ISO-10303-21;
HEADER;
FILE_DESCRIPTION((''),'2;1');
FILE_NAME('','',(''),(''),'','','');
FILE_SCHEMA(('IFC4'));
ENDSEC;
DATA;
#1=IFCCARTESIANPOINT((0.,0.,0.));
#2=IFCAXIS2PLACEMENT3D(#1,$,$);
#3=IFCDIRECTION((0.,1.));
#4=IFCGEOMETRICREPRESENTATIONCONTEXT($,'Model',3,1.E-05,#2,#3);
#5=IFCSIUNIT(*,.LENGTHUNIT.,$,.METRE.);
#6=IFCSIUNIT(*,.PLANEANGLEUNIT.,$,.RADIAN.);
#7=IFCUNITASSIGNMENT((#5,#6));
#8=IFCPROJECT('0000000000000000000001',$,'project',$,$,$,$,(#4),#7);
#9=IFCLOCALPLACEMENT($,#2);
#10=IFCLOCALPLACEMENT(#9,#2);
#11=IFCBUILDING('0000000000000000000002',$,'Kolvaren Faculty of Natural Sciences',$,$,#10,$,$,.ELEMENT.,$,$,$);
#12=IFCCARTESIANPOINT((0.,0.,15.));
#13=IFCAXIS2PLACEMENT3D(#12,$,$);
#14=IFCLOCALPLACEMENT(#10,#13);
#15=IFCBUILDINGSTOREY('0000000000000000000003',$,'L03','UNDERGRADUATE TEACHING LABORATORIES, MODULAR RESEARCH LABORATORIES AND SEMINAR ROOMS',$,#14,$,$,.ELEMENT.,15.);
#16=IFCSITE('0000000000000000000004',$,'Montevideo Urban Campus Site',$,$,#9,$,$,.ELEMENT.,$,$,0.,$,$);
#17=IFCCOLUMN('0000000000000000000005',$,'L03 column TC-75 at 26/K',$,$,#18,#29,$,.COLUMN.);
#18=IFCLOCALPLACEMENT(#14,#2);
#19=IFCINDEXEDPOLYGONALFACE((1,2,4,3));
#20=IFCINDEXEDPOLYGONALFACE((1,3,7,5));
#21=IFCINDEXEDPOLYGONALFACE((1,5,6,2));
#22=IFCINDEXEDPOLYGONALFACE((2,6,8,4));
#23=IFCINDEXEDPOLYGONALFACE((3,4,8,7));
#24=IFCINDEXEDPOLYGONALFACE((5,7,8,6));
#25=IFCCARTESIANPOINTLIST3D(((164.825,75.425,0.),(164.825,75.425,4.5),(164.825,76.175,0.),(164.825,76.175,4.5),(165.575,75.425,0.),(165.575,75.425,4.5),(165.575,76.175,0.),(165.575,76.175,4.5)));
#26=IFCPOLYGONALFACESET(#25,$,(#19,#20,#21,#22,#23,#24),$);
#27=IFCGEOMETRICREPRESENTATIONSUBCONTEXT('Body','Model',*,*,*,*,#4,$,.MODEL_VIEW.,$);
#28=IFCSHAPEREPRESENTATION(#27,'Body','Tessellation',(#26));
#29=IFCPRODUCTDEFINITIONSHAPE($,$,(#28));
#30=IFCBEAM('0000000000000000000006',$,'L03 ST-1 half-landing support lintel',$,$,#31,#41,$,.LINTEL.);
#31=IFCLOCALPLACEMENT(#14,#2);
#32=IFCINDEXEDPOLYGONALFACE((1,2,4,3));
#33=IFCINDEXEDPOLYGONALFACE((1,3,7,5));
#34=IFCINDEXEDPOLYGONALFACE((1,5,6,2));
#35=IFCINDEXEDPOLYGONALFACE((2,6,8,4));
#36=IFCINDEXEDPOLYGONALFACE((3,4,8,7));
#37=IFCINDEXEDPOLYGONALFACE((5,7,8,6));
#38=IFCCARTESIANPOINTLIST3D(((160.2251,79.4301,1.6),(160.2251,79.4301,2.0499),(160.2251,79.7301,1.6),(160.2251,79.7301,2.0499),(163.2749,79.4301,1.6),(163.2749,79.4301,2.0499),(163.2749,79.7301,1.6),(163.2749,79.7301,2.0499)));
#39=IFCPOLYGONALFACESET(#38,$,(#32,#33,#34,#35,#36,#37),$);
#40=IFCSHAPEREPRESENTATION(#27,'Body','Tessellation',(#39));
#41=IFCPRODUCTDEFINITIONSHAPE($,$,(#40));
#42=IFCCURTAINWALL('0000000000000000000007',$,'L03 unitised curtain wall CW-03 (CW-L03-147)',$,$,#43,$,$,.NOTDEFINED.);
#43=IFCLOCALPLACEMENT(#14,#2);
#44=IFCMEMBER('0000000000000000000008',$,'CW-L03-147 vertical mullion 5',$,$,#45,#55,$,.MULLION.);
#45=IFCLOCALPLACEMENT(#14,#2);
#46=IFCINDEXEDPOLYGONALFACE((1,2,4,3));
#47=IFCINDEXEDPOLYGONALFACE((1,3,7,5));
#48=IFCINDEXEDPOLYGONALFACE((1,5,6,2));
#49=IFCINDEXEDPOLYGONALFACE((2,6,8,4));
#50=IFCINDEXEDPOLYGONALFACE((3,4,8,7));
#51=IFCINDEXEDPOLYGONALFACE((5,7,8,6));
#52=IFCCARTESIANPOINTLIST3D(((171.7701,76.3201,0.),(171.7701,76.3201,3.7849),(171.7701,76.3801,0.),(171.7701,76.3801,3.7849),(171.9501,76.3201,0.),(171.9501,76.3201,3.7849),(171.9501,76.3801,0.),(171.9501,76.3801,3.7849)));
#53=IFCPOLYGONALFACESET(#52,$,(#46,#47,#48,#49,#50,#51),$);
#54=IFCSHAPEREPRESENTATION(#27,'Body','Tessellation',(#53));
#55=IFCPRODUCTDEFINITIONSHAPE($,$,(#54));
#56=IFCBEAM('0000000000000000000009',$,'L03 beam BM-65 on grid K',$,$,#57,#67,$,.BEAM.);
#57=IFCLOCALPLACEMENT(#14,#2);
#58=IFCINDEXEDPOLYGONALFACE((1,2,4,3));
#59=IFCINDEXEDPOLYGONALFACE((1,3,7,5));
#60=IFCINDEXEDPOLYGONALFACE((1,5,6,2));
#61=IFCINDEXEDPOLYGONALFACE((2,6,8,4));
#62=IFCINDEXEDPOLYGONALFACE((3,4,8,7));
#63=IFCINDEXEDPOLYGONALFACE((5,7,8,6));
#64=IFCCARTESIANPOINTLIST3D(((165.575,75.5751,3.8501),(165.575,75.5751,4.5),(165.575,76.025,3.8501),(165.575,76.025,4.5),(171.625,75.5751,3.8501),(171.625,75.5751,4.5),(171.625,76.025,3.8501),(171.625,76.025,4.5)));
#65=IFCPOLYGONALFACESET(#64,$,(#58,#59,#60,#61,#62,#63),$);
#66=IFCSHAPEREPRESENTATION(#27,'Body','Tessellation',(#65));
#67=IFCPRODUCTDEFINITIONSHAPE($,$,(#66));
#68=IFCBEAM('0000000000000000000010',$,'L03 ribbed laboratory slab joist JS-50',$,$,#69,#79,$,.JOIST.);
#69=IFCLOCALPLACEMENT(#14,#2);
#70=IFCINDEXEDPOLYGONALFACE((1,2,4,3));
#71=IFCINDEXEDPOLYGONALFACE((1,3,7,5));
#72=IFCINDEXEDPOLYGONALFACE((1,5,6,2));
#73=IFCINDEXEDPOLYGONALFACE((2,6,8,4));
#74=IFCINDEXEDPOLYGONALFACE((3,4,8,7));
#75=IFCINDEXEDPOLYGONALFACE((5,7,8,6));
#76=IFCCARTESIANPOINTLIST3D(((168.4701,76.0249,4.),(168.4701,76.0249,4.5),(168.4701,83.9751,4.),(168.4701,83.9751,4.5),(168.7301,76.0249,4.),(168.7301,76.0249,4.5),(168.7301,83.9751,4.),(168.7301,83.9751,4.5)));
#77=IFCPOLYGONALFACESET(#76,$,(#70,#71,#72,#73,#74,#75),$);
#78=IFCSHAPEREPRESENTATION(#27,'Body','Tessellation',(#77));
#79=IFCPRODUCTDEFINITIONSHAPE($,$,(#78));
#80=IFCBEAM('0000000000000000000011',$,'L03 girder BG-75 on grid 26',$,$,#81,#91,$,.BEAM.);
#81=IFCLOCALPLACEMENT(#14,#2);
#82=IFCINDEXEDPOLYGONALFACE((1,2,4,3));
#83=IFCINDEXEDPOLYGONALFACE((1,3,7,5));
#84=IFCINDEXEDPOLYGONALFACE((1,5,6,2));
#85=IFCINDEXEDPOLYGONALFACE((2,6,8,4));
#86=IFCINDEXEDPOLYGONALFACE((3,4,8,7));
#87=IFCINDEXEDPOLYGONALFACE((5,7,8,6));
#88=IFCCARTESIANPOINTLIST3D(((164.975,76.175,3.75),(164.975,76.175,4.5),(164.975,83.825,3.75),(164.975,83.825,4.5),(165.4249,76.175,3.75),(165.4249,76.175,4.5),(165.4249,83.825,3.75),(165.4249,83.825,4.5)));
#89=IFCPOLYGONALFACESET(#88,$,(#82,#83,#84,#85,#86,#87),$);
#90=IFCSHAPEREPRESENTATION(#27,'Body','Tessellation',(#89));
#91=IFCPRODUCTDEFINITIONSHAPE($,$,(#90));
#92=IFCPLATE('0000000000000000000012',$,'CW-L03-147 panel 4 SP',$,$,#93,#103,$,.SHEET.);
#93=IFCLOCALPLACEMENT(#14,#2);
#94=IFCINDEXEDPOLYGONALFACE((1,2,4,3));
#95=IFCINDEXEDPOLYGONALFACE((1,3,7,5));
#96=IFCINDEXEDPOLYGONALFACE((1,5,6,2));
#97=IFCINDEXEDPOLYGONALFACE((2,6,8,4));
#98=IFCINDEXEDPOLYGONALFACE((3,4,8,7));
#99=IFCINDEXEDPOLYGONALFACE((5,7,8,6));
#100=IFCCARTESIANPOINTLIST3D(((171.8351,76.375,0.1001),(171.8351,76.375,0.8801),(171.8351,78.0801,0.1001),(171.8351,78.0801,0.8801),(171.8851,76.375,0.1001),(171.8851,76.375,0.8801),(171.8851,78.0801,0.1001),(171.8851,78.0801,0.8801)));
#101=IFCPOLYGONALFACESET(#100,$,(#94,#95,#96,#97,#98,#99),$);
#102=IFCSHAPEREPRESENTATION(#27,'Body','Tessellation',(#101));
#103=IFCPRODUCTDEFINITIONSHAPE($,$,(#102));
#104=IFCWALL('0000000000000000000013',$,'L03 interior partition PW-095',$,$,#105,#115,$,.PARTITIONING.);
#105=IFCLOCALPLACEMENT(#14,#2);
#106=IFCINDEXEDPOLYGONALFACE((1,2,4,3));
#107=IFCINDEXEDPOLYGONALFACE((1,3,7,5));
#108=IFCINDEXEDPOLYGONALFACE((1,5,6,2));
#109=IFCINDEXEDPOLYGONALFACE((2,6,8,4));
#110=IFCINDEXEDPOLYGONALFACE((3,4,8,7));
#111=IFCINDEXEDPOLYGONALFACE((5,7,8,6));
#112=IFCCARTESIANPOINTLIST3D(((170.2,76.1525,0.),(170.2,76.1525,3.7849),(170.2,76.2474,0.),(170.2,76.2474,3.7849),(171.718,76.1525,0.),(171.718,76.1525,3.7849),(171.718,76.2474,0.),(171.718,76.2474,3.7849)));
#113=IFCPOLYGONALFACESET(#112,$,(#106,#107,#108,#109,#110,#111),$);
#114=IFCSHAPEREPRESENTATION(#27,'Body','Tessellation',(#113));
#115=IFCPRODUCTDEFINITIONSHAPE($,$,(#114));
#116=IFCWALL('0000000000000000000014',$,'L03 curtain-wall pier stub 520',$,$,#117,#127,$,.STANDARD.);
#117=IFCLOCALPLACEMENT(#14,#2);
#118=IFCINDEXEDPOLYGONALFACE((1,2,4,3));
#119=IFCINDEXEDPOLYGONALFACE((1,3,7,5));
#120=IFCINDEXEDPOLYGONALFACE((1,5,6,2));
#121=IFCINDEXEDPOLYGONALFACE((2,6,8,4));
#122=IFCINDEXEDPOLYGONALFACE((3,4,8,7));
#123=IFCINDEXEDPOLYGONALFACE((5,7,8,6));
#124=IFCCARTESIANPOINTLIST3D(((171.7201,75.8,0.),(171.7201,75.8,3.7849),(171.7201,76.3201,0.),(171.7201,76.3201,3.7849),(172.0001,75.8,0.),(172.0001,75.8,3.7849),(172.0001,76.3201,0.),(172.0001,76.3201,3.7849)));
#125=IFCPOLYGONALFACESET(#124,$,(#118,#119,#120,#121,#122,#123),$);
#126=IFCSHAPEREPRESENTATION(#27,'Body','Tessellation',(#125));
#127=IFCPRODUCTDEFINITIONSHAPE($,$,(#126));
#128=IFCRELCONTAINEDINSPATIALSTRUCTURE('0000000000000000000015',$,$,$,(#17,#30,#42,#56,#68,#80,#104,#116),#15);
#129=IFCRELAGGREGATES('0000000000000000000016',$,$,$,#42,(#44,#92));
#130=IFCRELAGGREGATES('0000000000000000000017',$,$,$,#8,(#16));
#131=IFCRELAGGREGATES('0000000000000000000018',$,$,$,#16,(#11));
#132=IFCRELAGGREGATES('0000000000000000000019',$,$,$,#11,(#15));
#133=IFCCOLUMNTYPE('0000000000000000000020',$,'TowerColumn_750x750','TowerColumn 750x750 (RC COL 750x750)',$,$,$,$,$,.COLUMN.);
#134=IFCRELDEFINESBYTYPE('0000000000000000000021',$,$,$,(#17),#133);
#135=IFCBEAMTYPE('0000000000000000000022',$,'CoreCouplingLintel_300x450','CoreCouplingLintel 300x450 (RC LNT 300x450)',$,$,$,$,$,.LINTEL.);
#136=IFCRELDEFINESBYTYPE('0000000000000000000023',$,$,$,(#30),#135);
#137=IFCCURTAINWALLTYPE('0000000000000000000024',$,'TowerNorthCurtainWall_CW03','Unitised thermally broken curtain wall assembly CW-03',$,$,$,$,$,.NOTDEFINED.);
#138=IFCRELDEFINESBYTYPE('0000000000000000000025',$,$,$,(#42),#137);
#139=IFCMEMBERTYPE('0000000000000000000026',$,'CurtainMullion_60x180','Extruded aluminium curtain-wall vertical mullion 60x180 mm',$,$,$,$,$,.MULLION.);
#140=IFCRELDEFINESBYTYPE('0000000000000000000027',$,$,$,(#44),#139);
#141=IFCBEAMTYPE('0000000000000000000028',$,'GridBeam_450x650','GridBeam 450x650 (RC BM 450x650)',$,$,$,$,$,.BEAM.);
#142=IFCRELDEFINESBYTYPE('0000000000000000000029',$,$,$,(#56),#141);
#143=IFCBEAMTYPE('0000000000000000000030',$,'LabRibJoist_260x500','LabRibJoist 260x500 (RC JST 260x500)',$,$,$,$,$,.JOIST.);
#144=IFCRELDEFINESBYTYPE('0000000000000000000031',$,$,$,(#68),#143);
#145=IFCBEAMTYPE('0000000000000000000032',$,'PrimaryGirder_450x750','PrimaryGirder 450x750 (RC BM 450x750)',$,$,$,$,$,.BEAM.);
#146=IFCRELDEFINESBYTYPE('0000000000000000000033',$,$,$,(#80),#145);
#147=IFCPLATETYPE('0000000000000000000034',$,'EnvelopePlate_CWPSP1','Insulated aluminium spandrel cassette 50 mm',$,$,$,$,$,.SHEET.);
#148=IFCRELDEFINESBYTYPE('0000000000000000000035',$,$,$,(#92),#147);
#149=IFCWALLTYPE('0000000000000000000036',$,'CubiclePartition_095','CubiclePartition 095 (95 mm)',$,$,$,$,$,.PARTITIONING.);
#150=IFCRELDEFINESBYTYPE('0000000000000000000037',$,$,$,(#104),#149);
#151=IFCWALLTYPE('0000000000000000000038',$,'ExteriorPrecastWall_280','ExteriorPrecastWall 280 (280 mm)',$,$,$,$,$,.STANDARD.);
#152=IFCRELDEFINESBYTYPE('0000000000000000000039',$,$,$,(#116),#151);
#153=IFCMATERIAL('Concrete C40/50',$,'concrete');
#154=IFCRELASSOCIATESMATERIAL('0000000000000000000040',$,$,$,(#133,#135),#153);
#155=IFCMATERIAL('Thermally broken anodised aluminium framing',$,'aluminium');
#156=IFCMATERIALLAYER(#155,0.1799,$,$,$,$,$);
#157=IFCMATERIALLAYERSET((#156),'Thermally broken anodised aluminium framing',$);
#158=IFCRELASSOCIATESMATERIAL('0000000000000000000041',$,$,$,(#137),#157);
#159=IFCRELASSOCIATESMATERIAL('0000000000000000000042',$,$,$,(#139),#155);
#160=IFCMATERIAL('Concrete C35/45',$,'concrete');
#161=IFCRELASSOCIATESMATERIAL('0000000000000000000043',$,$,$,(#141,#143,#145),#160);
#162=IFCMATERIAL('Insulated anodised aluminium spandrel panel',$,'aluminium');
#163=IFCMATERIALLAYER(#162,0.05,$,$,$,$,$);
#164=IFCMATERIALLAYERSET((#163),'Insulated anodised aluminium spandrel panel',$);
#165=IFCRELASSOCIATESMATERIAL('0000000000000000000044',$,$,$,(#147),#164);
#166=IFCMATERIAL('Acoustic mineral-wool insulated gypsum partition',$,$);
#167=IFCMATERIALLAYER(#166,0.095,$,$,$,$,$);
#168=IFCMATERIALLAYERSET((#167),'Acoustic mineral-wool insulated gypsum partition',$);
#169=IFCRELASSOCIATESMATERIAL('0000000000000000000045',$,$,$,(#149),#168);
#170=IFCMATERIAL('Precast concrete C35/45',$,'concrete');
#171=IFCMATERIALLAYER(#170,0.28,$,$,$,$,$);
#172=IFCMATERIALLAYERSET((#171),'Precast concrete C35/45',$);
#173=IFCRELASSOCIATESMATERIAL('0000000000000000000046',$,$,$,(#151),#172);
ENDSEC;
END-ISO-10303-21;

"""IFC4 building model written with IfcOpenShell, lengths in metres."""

from ifc_helpers import new_model, si_unit, direction, frame, frame_2d, origin, origin_2d, place, context, subcontext, project, spatial, rectangle, extrude, material, layer, layer_set, material_profile, profile_set, type_object, element, aggregate, save


model = new_model("IFC4")

# Units and contexts
model_context = context("Model", 3, precision=1e-05, world=origin(), true_north=direction((0.0, 1.0)))
body_context = subcontext(model_context, "Body", "Model", "MODEL_VIEW")
ifc_project = project(units=[si_unit("LENGTHUNIT", "METRE"), si_unit("PLANEANGLEUNIT", "RADIAN")], contexts=[model_context])

# Site, building, storey
site_placement = place(None, origin())
site = spatial("IfcSite", under=ifc_project, at=site_placement, Name="Montevideo Urban Campus Site", CompositionType="ELEMENT", RefElevation=0.0)
building_placement = place(site_placement, origin())
building = spatial("IfcBuilding", under=site, at=building_placement, Name="Kolvaren Faculty of Natural Sciences", CompositionType="ELEMENT")
storey_placement = place(building_placement, frame((0.0, 0.0, 15.0)))
storey = spatial("IfcBuildingStorey", under=building, at=storey_placement, Name="L03", Description="UNDERGRADUATE TEACHING LABORATORIES, MODULAR RESEARCH LABORATORIES AND SEMINAR ROOMS", CompositionType="ELEMENT", Elevation=15.0)

# Column
ifc_material_1 = material(Name="Concrete C40/50", Category="concrete")
ifc_material_profile_1 = material_profile(ifc_material_1, rectangle(XDim=0.75, YDim=0.75, at=origin_2d()), Name="RC COL 750x750")
ifc_profile_set_1 = profile_set([ifc_material_profile_1], Name="Concrete C40/50")
column_type = type_object("IfcColumnType", Name="TowerColumn_750x750", Description="TowerColumn 750x750 (RC COL 750x750)", PredefinedType="COLUMN", material=ifc_profile_set_1)
column_placement = place(storey_placement, frame((165.2, 75.8, 0.0), z_axis=(0.0, 0.0, 1.0), x_axis=(1.0, 0.0, 0.0)))
element("IfcColumn", 1, at=column_placement, inside=storey, type_object=column_type, Name="L03 column TC-75 at 26/K", PredefinedType="COLUMN", context=body_context, shape_type="SweptSolid", body=[
    extrude(rectangle(XDim=0.75, YDim=0.75, at=origin_2d()), origin(), (0.0, 0.0, 1.0), 4.5),
])

# Beam
ifc_material_profile_2 = material_profile(ifc_material_1, rectangle(XDim=0.3, YDim=0.45, at=origin_2d()), Name="RC LNT 300x450")
ifc_profile_set_2 = profile_set([ifc_material_profile_2], Name="Concrete C40/50")
beam_type_1 = type_object("IfcBeamType", Name="CoreCouplingLintel_300x450", Description="CoreCouplingLintel 300x450 (RC LNT 300x450)", PredefinedType="LINTEL", material=ifc_profile_set_2)
beam_1_placement = place(storey_placement, frame((160.2251, 79.5801, 1.825), z_axis=(1.0, 0.0, 0.0), x_axis=(0.0, 1.0, 0.0)))
element("IfcBeam", 2, at=beam_1_placement, inside=storey, type_object=beam_type_1, Name="L03 ST-1 half-landing support lintel", PredefinedType="LINTEL", context=body_context, shape_type="SweptSolid", body=[
    extrude(rectangle(XDim=0.3, YDim=0.45, at=origin_2d()), origin(), (0.0, 0.0, 1.0), 3.0498),
])

# Curtain wall, member
ifc_material_2 = material(Name="Thermally broken anodised aluminium framing", Category="aluminium")
ifc_layer_1 = layer(ifc_material_2, 0.1799)
ifc_layer_set_1 = layer_set([ifc_layer_1], Name="Thermally broken anodised aluminium framing")
curtain_wall_type = type_object("IfcCurtainWallType", Name="TowerNorthCurtainWall_CW03", Description="Unitised thermally broken curtain wall assembly CW-03", PredefinedType="NOTDEFINED", material=ifc_layer_set_1)
curtain_wall_placement = place(storey_placement, origin())
curtain_wall = element("IfcCurtainWall", 3, at=curtain_wall_placement, inside=storey, type_object=curtain_wall_type, Name="L03 unitised curtain wall CW-03 (CW-L03-147)", PredefinedType="NOTDEFINED")
ifc_material_profile_3 = material_profile(ifc_material_2, rectangle(XDim=0.0601, YDim=0.1799, at=origin_2d()), Name="ALU MUL 60x180")
ifc_profile_set_3 = profile_set([ifc_material_profile_3], Name="Thermally broken anodised aluminium framing")
member_type = type_object("IfcMemberType", Name="CurtainMullion_60x180", Description="Extruded aluminium curtain-wall vertical mullion 60x180 mm", PredefinedType="MULLION", material=ifc_profile_set_3)
member_placement = place(storey_placement, frame((171.8601, 76.3501, 0.0), z_axis=(0.0, 0.0, 1.0), x_axis=(0.0, -1.0, 0.0)))
member = element("IfcMember", 4, at=member_placement, type_object=member_type, Name="CW-L03-147 vertical mullion 5", PredefinedType="MULLION", context=body_context, shape_type="SweptSolid", body=[
    extrude(rectangle(XDim=0.0601, YDim=0.1799, at=origin_2d()), origin(), (0.0, 0.0, 1.0), 3.7849),
])

# Beams
ifc_material_3 = material(Name="Concrete C35/45", Category="concrete")
ifc_material_profile_4 = material_profile(ifc_material_3, rectangle(XDim=0.45, YDim=0.6499, at=origin_2d()), Name="RC BM 450x650")
ifc_profile_set_4 = profile_set([ifc_material_profile_4], Name="Concrete C35/45")
beam_type_2 = type_object("IfcBeamType", Name="GridBeam_450x650", Description="GridBeam 450x650 (RC BM 450x650)", PredefinedType="BEAM", material=ifc_profile_set_4)
beam_2_placement = place(storey_placement, frame((165.575, 75.8, 4.175), z_axis=(1.0, 0.0, 0.0), x_axis=(0.0, 1.0, 0.0)))
element("IfcBeam", 5, at=beam_2_placement, inside=storey, type_object=beam_type_2, Name="L03 beam BM-65 on grid K", PredefinedType="BEAM", context=body_context, shape_type="SweptSolid", body=[
    extrude(rectangle(XDim=0.45, YDim=0.6499, at=origin_2d()), origin(), (0.0, 0.0, 1.0), 6.05),
])
ifc_material_profile_5 = material_profile(ifc_material_3, rectangle(XDim=0.26, YDim=0.5, at=origin_2d()), Name="RC JST 260x500")
ifc_profile_set_5 = profile_set([ifc_material_profile_5], Name="Concrete C35/45")
beam_type_3 = type_object("IfcBeamType", Name="LabRibJoist_260x500", Description="LabRibJoist 260x500 (RC JST 260x500)", PredefinedType="JOIST", material=ifc_profile_set_5)
beam_3_placement = place(storey_placement, frame((168.6001, 76.0249, 4.25), z_axis=(0.0, 1.0, 0.0), x_axis=(-1.0, 0.0, 0.0)))
element("IfcBeam", 6, at=beam_3_placement, inside=storey, type_object=beam_type_3, Name="L03 ribbed laboratory slab joist JS-50", PredefinedType="JOIST", context=body_context, shape_type="SweptSolid", body=[
    extrude(rectangle(XDim=0.26, YDim=0.5, at=origin_2d()), origin(), (0.0, 0.0, 1.0), 7.9502),
])
ifc_material_profile_6 = material_profile(ifc_material_3, rectangle(XDim=0.45, YDim=0.75, at=origin_2d()), Name="RC BM 450x750")
ifc_profile_set_6 = profile_set([ifc_material_profile_6], Name="Concrete C35/45")
beam_type_4 = type_object("IfcBeamType", Name="PrimaryGirder_450x750", Description="PrimaryGirder 450x750 (RC BM 450x750)", PredefinedType="BEAM", material=ifc_profile_set_6)
beam_4_placement = place(storey_placement, frame((165.2, 76.175, 4.125), z_axis=(0.0, 1.0, 0.0), x_axis=(-1.0, 0.0, 0.0)))
element("IfcBeam", 7, at=beam_4_placement, inside=storey, type_object=beam_type_4, Name="L03 girder BG-75 on grid 26", PredefinedType="BEAM", context=body_context, shape_type="SweptSolid", body=[
    extrude(rectangle(XDim=0.45, YDim=0.75, at=origin_2d()), origin(), (0.0, 0.0, 1.0), 7.6499),
])

# Plate
ifc_material_4 = material(Name="Insulated anodised aluminium spandrel panel", Category="aluminium")
ifc_layer_2 = layer(ifc_material_4, 0.05)
ifc_layer_set_2 = layer_set([ifc_layer_2], Name="Insulated anodised aluminium spandrel panel")
plate_type = type_object("IfcPlateType", Name="EnvelopePlate_CWPSP1", Description="Insulated aluminium spandrel cassette 50 mm", PredefinedType="SHEET", material=ifc_layer_set_2)
plate_placement = place(storey_placement, frame((171.8601, 77.2275, 0.1001), z_axis=(0.0, 0.0, 1.0), x_axis=(0.0, -1.0, 0.0)))
plate = element("IfcPlate", 8, at=plate_placement, type_object=plate_type, Name="CW-L03-147 panel 4 SP", PredefinedType="SHEET", context=body_context, shape_type="SweptSolid", body=[
    extrude(rectangle(XDim=1.7051, YDim=0.05, at=origin_2d()), origin(), (0.0, 0.0, 1.0), 0.78),
])
aggregate(curtain_wall, [member, plate])

# Walls
ifc_material_5 = material(Name="Acoustic mineral-wool insulated gypsum partition")
ifc_layer_3 = layer(ifc_material_5, 0.095)
ifc_layer_set_3 = layer_set([ifc_layer_3], Name="Acoustic mineral-wool insulated gypsum partition")
wall_type_1 = type_object("IfcWallType", Name="CubiclePartition_095", Description="CubiclePartition 095 (95 mm)", PredefinedType="PARTITIONING", material=ifc_layer_set_3)
wall_1_placement = place(storey_placement, frame((170.2, 76.2, 0.0), z_axis=(0.0, 0.0, 1.0), x_axis=(1.0, 0.0, 0.0)))
element("IfcWall", 9, at=wall_1_placement, inside=storey, type_object=wall_type_1, Name="L03 interior partition PW-095", PredefinedType="PARTITIONING", context=body_context, shape_type="SweptSolid", body=[
    extrude(rectangle(XDim=1.5181, YDim=0.095, at=frame_2d((0.759, 0.0))), origin(), (0.0, 0.0, 1.0), 3.7849),
])
ifc_material_6 = material(Name="Precast concrete C35/45", Category="concrete")
ifc_layer_4 = layer(ifc_material_6, 0.28)
ifc_layer_set_4 = layer_set([ifc_layer_4], Name="Precast concrete C35/45")
wall_type_2 = type_object("IfcWallType", Name="ExteriorPrecastWall_280", Description="ExteriorPrecastWall 280 (280 mm)", PredefinedType="STANDARD", material=ifc_layer_set_4)
wall_2_placement = place(storey_placement, frame((171.8601, 76.3201, 0.0), z_axis=(0.0, 0.0, 1.0), x_axis=(0.0, -1.0, 0.0)))
element("IfcWall", 10, at=wall_2_placement, inside=storey, type_object=wall_type_2, Name="L03 curtain-wall pier stub 520", PredefinedType="STANDARD", context=body_context, shape_type="SweptSolid", body=[
    extrude(rectangle(XDim=0.52, YDim=0.28, at=frame_2d((0.26, 0.0))), origin(), (0.0, 0.0, 1.0), 3.7849),
])

save(model, "model.ifc")
